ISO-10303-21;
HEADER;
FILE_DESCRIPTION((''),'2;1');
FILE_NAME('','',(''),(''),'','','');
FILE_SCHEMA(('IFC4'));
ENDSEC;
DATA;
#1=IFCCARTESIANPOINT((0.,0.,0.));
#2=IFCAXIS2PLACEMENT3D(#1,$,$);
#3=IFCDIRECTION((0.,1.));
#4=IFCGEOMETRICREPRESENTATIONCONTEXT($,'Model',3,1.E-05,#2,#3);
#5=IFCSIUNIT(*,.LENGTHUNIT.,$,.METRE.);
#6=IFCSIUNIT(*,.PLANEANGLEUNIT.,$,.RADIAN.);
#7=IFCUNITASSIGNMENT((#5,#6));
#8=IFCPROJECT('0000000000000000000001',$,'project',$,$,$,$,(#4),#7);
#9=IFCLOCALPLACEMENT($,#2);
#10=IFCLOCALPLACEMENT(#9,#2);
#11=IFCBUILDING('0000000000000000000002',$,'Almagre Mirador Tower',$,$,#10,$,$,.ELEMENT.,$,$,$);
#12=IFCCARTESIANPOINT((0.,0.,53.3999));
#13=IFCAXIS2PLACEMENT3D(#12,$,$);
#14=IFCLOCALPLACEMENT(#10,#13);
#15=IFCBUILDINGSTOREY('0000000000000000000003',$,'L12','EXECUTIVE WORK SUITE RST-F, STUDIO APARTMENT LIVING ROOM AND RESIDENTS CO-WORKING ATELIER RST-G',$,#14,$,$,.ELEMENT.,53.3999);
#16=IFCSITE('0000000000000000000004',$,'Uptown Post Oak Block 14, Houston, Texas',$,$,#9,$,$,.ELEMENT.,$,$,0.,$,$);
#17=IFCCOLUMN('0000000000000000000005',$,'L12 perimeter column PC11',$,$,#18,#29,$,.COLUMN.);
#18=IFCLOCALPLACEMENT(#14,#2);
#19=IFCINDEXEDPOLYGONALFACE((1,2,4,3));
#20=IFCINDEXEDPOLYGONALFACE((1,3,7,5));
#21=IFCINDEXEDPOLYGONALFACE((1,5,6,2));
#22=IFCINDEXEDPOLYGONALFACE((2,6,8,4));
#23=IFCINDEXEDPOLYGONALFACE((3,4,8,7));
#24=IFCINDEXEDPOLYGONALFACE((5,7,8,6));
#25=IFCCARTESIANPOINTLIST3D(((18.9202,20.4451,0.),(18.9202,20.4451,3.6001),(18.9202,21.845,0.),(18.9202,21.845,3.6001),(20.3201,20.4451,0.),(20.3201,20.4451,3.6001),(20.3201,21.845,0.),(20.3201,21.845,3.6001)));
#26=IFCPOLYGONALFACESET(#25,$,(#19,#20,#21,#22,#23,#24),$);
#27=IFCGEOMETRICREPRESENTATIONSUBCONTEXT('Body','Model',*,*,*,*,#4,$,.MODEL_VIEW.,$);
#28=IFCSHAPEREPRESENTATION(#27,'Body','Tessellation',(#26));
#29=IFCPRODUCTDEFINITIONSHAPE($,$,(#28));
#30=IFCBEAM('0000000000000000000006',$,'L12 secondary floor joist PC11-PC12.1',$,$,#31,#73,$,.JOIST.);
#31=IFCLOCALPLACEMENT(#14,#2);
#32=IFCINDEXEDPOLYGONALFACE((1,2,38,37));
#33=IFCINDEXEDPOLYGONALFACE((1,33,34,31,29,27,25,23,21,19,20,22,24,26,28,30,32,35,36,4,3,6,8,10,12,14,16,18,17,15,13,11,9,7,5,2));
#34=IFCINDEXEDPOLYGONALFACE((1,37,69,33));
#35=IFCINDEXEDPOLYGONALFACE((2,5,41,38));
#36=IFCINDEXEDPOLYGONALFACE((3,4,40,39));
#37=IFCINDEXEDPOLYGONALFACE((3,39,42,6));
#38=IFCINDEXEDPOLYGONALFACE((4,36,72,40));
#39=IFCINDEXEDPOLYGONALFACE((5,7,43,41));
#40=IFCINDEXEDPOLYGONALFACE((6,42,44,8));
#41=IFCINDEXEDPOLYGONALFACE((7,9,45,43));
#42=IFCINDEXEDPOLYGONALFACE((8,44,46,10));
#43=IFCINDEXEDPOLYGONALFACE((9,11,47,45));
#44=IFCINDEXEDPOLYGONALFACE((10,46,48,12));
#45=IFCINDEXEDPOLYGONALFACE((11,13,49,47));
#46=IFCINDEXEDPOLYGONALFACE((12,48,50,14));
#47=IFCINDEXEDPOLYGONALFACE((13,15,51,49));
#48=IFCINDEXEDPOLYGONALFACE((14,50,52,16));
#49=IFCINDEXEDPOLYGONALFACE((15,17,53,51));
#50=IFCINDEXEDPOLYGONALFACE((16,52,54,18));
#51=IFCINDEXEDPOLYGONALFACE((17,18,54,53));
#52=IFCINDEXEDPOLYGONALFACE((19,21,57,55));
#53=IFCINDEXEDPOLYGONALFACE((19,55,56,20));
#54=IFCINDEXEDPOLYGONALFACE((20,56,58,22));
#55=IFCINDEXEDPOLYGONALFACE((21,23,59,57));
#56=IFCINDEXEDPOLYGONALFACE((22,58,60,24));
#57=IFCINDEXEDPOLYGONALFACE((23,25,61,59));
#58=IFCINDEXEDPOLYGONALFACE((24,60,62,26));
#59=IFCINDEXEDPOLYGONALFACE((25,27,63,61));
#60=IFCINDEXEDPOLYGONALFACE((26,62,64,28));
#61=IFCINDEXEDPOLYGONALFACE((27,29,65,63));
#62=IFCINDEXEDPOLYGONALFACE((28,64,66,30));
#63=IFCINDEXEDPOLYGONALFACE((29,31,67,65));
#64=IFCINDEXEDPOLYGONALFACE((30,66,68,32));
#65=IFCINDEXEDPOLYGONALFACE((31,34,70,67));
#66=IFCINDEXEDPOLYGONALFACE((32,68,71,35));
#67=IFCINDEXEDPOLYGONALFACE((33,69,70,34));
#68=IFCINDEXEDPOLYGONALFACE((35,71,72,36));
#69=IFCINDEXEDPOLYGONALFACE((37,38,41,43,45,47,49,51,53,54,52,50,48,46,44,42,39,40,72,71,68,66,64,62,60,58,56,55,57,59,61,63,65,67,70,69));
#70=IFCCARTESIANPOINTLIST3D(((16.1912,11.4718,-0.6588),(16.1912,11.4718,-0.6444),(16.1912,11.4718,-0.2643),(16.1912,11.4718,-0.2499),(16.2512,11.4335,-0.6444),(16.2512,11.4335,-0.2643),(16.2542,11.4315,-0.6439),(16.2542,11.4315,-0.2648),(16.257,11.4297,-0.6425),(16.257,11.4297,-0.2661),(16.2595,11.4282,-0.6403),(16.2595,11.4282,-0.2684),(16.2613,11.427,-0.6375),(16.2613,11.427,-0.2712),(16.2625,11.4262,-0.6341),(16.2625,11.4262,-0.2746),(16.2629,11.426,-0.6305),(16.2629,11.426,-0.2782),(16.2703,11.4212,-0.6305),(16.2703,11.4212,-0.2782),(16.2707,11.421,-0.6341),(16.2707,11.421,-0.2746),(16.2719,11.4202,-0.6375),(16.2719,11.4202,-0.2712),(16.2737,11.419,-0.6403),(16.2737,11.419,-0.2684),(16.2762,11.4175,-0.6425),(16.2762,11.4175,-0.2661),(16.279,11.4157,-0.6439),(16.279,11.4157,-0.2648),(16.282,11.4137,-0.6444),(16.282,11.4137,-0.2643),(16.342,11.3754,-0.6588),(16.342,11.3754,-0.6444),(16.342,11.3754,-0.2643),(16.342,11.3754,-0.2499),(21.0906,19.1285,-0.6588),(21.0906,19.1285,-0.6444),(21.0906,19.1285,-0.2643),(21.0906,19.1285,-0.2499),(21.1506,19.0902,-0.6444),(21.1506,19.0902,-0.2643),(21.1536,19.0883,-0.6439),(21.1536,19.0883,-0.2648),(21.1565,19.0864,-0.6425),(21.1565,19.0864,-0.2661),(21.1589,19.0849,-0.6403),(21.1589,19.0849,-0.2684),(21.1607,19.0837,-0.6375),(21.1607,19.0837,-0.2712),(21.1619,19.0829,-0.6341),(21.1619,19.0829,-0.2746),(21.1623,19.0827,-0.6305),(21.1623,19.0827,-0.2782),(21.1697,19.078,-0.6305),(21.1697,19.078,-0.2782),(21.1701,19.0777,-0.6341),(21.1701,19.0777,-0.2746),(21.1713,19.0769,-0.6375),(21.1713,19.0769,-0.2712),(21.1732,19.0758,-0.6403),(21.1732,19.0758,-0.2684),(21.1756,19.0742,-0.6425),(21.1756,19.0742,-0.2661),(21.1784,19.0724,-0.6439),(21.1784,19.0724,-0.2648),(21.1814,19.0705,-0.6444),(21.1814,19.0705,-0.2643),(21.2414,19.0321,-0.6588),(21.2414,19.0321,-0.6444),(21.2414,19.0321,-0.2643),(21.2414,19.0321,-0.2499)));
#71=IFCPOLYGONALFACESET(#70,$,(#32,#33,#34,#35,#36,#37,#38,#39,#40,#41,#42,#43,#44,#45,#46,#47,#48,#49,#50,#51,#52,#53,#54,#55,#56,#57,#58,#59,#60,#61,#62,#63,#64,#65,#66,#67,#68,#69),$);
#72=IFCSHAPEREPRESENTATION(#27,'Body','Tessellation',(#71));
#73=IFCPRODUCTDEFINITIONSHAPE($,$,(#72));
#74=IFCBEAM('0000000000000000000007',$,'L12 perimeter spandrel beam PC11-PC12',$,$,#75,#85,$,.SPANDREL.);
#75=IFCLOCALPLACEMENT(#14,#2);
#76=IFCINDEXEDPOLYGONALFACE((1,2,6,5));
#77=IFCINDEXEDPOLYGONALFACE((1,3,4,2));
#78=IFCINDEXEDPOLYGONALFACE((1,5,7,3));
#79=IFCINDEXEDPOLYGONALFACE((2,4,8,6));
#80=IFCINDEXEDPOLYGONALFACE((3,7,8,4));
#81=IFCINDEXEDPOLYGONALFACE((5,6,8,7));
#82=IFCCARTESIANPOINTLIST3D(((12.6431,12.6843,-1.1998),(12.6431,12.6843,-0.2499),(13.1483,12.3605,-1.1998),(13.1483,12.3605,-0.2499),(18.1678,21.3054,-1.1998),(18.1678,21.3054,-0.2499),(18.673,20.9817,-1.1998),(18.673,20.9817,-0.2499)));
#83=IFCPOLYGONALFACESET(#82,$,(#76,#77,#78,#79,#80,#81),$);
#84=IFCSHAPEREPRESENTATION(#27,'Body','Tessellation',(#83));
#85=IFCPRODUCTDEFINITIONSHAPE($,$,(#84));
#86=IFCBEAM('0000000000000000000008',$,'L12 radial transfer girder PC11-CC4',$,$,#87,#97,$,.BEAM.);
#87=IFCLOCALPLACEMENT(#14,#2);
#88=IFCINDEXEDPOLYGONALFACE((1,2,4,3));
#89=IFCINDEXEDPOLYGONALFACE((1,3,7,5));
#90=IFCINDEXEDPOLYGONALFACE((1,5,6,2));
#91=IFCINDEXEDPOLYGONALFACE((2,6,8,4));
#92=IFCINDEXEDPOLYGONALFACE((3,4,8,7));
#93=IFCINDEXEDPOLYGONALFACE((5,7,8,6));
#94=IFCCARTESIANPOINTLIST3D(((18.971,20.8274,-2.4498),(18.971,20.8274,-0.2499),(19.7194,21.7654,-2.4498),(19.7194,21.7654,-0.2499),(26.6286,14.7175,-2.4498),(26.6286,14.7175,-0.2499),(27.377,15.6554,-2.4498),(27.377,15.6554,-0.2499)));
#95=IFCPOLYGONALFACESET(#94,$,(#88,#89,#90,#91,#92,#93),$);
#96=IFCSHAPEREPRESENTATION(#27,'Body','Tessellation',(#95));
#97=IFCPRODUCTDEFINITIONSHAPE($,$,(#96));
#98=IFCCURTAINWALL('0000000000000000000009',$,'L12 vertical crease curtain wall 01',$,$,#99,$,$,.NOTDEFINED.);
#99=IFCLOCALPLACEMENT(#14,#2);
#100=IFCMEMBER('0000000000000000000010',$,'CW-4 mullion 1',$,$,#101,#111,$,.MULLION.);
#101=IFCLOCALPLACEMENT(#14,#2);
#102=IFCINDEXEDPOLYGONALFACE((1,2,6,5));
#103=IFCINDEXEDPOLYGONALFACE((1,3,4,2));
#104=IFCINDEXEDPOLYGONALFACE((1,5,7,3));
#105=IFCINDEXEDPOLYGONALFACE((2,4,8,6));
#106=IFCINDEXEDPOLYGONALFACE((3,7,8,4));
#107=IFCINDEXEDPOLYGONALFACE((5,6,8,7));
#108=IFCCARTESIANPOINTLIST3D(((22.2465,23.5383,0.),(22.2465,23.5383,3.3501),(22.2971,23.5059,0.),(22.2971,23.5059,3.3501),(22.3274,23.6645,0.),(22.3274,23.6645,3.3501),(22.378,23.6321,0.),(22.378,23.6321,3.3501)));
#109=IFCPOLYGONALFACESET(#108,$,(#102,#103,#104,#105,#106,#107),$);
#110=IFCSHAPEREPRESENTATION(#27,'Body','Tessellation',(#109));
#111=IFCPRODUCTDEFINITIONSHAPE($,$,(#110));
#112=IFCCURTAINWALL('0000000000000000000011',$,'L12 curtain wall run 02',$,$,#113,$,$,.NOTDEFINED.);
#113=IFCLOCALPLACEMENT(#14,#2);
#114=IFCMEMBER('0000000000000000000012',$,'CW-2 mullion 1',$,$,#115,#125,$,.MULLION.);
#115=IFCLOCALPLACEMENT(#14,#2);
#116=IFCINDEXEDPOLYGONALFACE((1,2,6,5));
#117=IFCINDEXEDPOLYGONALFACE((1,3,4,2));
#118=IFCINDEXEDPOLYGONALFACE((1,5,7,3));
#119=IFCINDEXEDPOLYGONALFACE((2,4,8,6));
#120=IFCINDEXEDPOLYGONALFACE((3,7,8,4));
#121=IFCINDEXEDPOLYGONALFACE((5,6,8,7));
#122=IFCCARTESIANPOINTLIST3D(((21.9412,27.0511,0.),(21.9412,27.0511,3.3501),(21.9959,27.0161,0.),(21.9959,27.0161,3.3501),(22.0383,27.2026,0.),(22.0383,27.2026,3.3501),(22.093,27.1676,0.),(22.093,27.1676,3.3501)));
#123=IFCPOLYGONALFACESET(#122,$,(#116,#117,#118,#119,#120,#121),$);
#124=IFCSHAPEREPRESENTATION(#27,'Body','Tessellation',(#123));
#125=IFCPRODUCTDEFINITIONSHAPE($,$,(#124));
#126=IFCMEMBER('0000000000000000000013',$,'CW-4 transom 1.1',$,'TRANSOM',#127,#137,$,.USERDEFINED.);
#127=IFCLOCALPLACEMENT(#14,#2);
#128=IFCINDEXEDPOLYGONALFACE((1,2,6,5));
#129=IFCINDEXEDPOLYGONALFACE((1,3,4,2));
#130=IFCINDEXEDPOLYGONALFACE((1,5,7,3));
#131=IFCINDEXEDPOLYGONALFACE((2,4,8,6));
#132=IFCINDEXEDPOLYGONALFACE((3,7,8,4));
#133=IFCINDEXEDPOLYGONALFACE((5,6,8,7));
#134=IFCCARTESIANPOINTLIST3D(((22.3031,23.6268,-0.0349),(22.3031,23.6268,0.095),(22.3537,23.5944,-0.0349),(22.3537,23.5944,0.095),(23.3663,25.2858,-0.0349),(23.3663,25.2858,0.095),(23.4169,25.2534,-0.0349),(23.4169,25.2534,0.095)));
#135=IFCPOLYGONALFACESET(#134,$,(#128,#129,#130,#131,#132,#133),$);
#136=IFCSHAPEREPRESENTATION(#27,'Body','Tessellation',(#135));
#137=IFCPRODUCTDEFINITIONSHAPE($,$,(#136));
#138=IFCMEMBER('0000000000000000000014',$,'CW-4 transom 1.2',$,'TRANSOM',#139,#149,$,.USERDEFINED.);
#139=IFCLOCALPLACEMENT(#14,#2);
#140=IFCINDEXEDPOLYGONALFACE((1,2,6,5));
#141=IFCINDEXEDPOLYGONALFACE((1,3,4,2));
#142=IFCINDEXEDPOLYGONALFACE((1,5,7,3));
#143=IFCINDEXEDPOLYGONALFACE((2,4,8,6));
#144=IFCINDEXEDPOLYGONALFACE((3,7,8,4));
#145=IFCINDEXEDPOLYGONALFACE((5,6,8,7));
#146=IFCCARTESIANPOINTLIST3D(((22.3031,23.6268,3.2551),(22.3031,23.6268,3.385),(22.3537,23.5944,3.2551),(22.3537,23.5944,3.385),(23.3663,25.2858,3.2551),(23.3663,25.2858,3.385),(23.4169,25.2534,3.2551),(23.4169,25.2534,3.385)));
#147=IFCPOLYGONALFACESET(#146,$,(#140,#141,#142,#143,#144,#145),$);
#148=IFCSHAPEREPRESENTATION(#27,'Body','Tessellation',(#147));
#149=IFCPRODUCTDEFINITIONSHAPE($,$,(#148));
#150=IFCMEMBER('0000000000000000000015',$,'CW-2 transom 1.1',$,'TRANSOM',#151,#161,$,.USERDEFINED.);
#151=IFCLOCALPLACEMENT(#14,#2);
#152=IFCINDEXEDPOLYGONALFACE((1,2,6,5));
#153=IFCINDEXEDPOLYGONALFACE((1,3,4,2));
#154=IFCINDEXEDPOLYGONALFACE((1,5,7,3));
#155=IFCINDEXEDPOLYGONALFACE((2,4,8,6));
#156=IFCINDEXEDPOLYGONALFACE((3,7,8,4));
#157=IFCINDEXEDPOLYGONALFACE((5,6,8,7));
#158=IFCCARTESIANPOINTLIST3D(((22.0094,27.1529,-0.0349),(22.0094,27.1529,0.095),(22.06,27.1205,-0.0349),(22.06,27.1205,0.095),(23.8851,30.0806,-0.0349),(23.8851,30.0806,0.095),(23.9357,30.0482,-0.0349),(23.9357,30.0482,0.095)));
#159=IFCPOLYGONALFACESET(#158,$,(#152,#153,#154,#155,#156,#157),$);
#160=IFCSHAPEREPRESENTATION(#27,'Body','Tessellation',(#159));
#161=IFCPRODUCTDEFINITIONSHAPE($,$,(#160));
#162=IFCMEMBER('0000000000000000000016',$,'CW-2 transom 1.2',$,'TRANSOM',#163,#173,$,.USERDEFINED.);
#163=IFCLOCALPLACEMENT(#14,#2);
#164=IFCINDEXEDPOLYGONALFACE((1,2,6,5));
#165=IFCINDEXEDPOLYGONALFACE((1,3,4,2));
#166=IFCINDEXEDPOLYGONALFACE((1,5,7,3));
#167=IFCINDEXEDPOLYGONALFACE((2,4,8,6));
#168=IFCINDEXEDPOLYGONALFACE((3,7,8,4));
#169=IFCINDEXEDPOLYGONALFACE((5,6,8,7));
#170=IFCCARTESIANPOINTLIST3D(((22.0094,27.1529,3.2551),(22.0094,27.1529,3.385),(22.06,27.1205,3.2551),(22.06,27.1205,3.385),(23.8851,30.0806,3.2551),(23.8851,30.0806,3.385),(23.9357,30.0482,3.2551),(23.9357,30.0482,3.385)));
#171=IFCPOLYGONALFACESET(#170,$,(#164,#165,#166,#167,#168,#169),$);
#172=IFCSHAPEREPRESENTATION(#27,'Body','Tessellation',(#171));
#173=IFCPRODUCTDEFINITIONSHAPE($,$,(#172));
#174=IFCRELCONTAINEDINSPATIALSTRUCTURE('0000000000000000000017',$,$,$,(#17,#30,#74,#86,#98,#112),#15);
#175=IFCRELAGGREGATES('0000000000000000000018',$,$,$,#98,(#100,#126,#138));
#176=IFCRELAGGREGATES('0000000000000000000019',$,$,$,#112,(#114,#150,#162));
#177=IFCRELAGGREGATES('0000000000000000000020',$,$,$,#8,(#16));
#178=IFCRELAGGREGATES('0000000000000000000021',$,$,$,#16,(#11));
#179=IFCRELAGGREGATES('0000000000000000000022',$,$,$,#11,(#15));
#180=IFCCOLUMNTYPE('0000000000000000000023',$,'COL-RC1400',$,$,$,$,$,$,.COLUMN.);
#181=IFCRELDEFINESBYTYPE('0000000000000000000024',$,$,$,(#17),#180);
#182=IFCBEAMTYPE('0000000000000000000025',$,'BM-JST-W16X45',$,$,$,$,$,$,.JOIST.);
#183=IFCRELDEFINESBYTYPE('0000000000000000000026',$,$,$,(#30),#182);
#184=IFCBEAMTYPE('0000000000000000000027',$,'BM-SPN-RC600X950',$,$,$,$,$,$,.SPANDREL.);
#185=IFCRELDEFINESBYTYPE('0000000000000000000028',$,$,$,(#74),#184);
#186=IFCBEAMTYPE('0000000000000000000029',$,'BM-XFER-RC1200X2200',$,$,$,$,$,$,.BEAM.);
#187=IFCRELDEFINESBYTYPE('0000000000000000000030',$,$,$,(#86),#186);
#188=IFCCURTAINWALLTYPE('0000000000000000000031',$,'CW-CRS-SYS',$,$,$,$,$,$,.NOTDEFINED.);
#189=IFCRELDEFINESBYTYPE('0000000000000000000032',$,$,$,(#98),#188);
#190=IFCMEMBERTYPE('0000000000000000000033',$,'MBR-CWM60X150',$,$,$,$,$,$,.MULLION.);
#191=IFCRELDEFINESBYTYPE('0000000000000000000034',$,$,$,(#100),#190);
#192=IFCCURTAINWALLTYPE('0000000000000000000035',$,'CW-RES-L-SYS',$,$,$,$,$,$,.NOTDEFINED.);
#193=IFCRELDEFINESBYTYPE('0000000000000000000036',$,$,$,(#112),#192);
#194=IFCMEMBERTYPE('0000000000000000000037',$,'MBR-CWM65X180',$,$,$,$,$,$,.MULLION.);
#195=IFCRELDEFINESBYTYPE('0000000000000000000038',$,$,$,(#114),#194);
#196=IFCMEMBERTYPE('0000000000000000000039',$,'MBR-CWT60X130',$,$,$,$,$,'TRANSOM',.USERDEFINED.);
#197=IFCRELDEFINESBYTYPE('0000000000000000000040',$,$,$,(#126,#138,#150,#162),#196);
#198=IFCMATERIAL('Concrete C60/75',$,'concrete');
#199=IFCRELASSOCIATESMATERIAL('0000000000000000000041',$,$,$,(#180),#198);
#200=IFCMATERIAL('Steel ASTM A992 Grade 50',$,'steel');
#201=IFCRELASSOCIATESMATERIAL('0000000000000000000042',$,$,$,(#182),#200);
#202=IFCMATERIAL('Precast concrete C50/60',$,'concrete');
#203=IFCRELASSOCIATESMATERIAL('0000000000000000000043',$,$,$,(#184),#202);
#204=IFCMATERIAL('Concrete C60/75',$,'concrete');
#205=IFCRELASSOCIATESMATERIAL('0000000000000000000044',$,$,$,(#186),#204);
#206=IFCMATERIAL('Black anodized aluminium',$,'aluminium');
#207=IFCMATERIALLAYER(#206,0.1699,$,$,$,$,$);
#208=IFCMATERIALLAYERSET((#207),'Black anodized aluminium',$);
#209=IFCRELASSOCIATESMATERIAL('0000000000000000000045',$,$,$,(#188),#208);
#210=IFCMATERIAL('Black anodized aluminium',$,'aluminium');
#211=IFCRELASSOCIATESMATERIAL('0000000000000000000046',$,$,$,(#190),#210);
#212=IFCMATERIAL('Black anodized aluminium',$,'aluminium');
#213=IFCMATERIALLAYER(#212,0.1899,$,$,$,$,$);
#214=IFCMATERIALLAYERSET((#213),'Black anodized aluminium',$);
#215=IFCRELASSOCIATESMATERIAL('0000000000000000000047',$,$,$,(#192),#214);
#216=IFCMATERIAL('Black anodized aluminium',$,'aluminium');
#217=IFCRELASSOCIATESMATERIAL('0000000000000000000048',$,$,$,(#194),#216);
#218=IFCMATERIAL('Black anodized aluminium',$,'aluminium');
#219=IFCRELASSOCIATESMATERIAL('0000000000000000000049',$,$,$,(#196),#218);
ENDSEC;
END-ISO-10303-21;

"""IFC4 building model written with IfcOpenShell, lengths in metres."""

from ifc_helpers import new_model, si_unit, direction, frame, origin, origin_2d, place, context, subcontext, project, spatial, rectangle, i_section, extrude, material, layer, layer_set, material_profile, profile_set, type_object, element, aggregate, save


model = new_model("IFC4")

# Units and contexts
model_context = context("Model", 3, precision=1e-05, world=origin(), true_north=direction((0.0, 1.0)))
body_context = subcontext(model_context, "Body", "Model", "MODEL_VIEW")
ifc_project = project(units=[si_unit("LENGTHUNIT", "METRE"), si_unit("PLANEANGLEUNIT", "RADIAN")], contexts=[model_context])

# Site, building, storey
site_placement = place(None, origin())
site = spatial("IfcSite", under=ifc_project, at=site_placement, Name="Uptown Post Oak Block 14, Houston, Texas", CompositionType="ELEMENT", RefElevation=0.0)
building_placement = place(site_placement, origin())
building = spatial("IfcBuilding", under=site, at=building_placement, Name="Almagre Mirador Tower", CompositionType="ELEMENT")
storey_placement = place(building_placement, frame((0.0, 0.0, 53.3999)))
storey = spatial("IfcBuildingStorey", under=building, at=storey_placement, Name="L12", Description="EXECUTIVE WORK SUITE RST-F, STUDIO APARTMENT LIVING ROOM AND RESIDENTS CO-WORKING ATELIER RST-G", CompositionType="ELEMENT", Elevation=53.3999)

# Column
ifc_material_1 = material(Name="Concrete C60/75", Category="concrete")
ifc_material_profile_1 = material_profile(ifc_material_1, rectangle(XDim=1.3999, YDim=1.3999, at=origin_2d()), Name="RC1400X1400")
ifc_profile_set_1 = profile_set([ifc_material_profile_1], Name="Concrete C60/75")
column_type = type_object("IfcColumnType", Name="COL-RC1400", PredefinedType="COLUMN", material=ifc_profile_set_1)
column_placement = place(storey_placement, frame((19.6201, 21.145, 0.0), z_axis=(0.0, 0.0, 1.0), x_axis=(1.0, 0.0, 0.0)))
element("IfcColumn", 1, at=column_placement, inside=storey, type_object=column_type, Name="L12 perimeter column PC11", PredefinedType="COLUMN", context=body_context, shape_type="SweptSolid", body=[
    extrude(rectangle(XDim=1.3999, YDim=1.3999, at=origin_2d()), origin(), (0.0, 0.0, 1.0), 3.6001),
])

# Beams
ifc_material_2 = material(Name="Steel ASTM A992 Grade 50", Category="steel")
ifc_material_profile_2 = material_profile(ifc_material_2, i_section(OverallWidth=0.179, OverallDepth=0.4089, WebThickness=0.0088, FlangeThickness=0.0144, FilletRadius=0.0139, at=origin_2d()), Name="W16X45")
ifc_profile_set_2 = profile_set([ifc_material_profile_2], Name="Steel ASTM A992 Grade 50")
beam_type_1 = type_object("IfcBeamType", Name="BM-JST-W16X45", PredefinedType="JOIST", material=ifc_profile_set_2)
beam_1_placement = place(storey_placement, frame((21.166, 19.0803, -0.4543), z_axis=(-0.538984, -0.842316, 0.0), x_axis=(0.842316, -0.538984, 0.0)))
element("IfcBeam", 2, at=beam_1_placement, inside=storey, type_object=beam_type_1, Name="L12 secondary floor joist PC11-PC12.1", PredefinedType="JOIST", context=body_context, shape_type="SweptSolid", body=[
    extrude(i_section(OverallWidth=0.179, OverallDepth=0.4089, WebThickness=0.0088, FlangeThickness=0.0144, FilletRadius=0.0139, at=origin_2d()), origin(), (0.0, 0.0, 1.0), 9.0901),
])
ifc_material_3 = material(Name="Precast concrete C50/60", Category="concrete")
ifc_material_profile_3 = material_profile(ifc_material_3, rectangle(XDim=0.6001, YDim=0.95, at=origin_2d()), Name="RC600X950")
ifc_profile_set_3 = profile_set([ifc_material_profile_3], Name="Precast concrete C50/60")
beam_type_2 = type_object("IfcBeamType", Name="BM-SPN-RC600X950", PredefinedType="SPANDREL", material=ifc_profile_set_3)
beam_2_placement = place(storey_placement, frame((18.4204, 21.1436, -0.7249), z_axis=(-0.53955, -0.841954, 0.0), x_axis=(0.841954, -0.53955, 0.0)))
element("IfcBeam", 3, at=beam_2_placement, inside=storey, type_object=beam_type_2, Name="L12 perimeter spandrel beam PC11-PC12", PredefinedType="SPANDREL", context=body_context, shape_type="SweptSolid", body=[
    extrude(rectangle(XDim=0.6001, YDim=0.95, at=origin_2d()), origin(), (0.0, 0.0, 1.0), 10.2395),
])
ifc_material_4 = material(Name="Concrete C60/75", Category="concrete")
ifc_material_profile_4 = material_profile(ifc_material_4, rectangle(XDim=1.2, YDim=2.2, at=origin_2d()), Name="RC1200X2200")
ifc_profile_set_4 = profile_set([ifc_material_profile_4], Name="Concrete C60/75")
beam_type_3 = type_object("IfcBeamType", Name="BM-XFER-RC1200X2200", PredefinedType="BEAM", material=ifc_profile_set_4)
beam_3_placement = place(storey_placement, frame((19.3452, 21.2964, -1.3499), z_axis=(0.781671, -0.623692, 0.0), x_axis=(0.623692, 0.781671, 0.0)))
element("IfcBeam", 4, at=beam_3_placement, inside=storey, type_object=beam_type_3, Name="L12 radial transfer girder PC11-CC4", PredefinedType="BEAM", context=body_context, shape_type="SweptSolid", body=[
    extrude(rectangle(XDim=1.2, YDim=2.2, at=origin_2d()), origin(), (0.0, 0.0, 1.0), 9.7964),
])

# Curtain walls, members
ifc_material_5 = material(Name="Black anodized aluminium", Category="aluminium")
ifc_layer_1 = layer(ifc_material_5, 0.1699)
ifc_layer_set_1 = layer_set([ifc_layer_1], Name="Black anodized aluminium")
curtain_wall_type_1 = type_object("IfcCurtainWallType", Name="CW-CRS-SYS", PredefinedType="NOTDEFINED", material=ifc_layer_set_1)
curtain_wall_1_placement = place(storey_placement, origin())
curtain_wall_1 = element("IfcCurtainWall", 5, at=curtain_wall_1_placement, inside=storey, type_object=curtain_wall_type_1, Name="L12 vertical crease curtain wall 01", PredefinedType="NOTDEFINED")
ifc_material_6 = material(Name="Black anodized aluminium", Category="aluminium")
ifc_material_profile_5 = material_profile(ifc_material_6, rectangle(XDim=0.0601, YDim=0.1499, at=origin_2d()), Name="CWM60X150")
ifc_profile_set_5 = profile_set([ifc_material_profile_5], Name="Black anodized aluminium")
member_type_1 = type_object("IfcMemberType", Name="MBR-CWM60X150", PredefinedType="MULLION", material=ifc_profile_set_5)
member_1_placement = place(storey_placement, frame((22.3123, 23.5852, 0.0), z_axis=(0.0, 0.0, 1.0), x_axis=(-0.841924, 0.539597, 0.0)))
member_1 = element("IfcMember", 6, at=member_1_placement, type_object=member_type_1, Name="CW-4 mullion 1", PredefinedType="MULLION", context=body_context, shape_type="SweptSolid", body=[
    extrude(rectangle(XDim=0.0601, YDim=0.1499, at=origin_2d()), origin(), (0.0, 0.0, 1.0), 3.3501),
])
ifc_material_7 = material(Name="Black anodized aluminium", Category="aluminium")
ifc_layer_2 = layer(ifc_material_7, 0.1899)
ifc_layer_set_2 = layer_set([ifc_layer_2], Name="Black anodized aluminium")
curtain_wall_type_2 = type_object("IfcCurtainWallType", Name="CW-RES-L-SYS", PredefinedType="NOTDEFINED", material=ifc_layer_set_2)
curtain_wall_2_placement = place(storey_placement, origin())
curtain_wall_2 = element("IfcCurtainWall", 7, at=curtain_wall_2_placement, inside=storey, type_object=curtain_wall_type_2, Name="L12 curtain wall run 02", PredefinedType="NOTDEFINED")
ifc_material_8 = material(Name="Black anodized aluminium", Category="aluminium")
ifc_material_profile_6 = material_profile(ifc_material_8, rectangle(XDim=0.0649, YDim=0.1799, at=origin_2d()), Name="CWM65X180")
ifc_profile_set_6 = profile_set([ifc_material_profile_6], Name="Black anodized aluminium")
member_type_2 = type_object("IfcMemberType", Name="MBR-CWM65X180", PredefinedType="MULLION", material=ifc_profile_set_6)
member_2_placement = place(storey_placement, frame((22.0171, 27.1094, 0.0), z_axis=(0.0, 0.0, 1.0), x_axis=(-0.841976, 0.539515, 0.0)))
member_2 = element("IfcMember", 8, at=member_2_placement, type_object=member_type_2, Name="CW-2 mullion 1", PredefinedType="MULLION", context=body_context, shape_type="SweptSolid", body=[
    extrude(rectangle(XDim=0.0649, YDim=0.1799, at=origin_2d()), origin(), (0.0, 0.0, 1.0), 3.3501),
])

# Members
ifc_material_9 = material(Name="Black anodized aluminium", Category="aluminium")
ifc_material_profile_7 = material_profile(ifc_material_9, rectangle(XDim=0.0601, YDim=0.1299, at=origin_2d()), Name="CWT60X130")
ifc_profile_set_7 = profile_set([ifc_material_profile_7], Name="Black anodized aluminium")
member_type_3 = type_object("IfcMemberType", Name="MBR-CWT60X130", ElementType="TRANSOM", PredefinedType="USERDEFINED", material=ifc_profile_set_7)
member_3_placement = place(storey_placement, frame((22.3284, 23.6106, 0.03), z_axis=(0.539599, 0.841922, 0.0), x_axis=(-0.841922, 0.539599, 0.0)))
member_3 = element("IfcMember", 9, at=member_3_placement, type_object=member_type_3, Name="CW-4 transom 1.1", ObjectType="TRANSOM", PredefinedType="USERDEFINED", context=body_context, shape_type="SweptSolid", body=[
    extrude(rectangle(XDim=0.0601, YDim=0.1299, at=origin_2d()), origin(), (0.0, 0.0, 1.0), 1.9705),
])
member_4_placement = place(storey_placement, frame((22.3284, 23.6106, 3.3201), z_axis=(0.539599, 0.841922, 0.0), x_axis=(-0.841922, 0.539599, 0.0)))
member_4 = element("IfcMember", 10, at=member_4_placement, type_object=member_type_3, Name="CW-4 transom 1.2", ObjectType="TRANSOM", PredefinedType="USERDEFINED", context=body_context, shape_type="SweptSolid", body=[
    extrude(rectangle(XDim=0.0601, YDim=0.1299, at=origin_2d()), origin(), (0.0, 0.0, 1.0), 1.9705),
])
aggregate(curtain_wall_1, [member_1, member_3, member_4])
member_5_placement = place(storey_placement, frame((22.0347, 27.1367, 0.03), z_axis=(0.539458, 0.842012, 0.0), x_axis=(-0.842012, 0.539458, 0.0)))
member_5 = element("IfcMember", 11, at=member_5_placement, type_object=member_type_3, Name="CW-2 transom 1.1", ObjectType="TRANSOM", PredefinedType="USERDEFINED", context=body_context, shape_type="SweptSolid", body=[
    extrude(rectangle(XDim=0.0601, YDim=0.1299, at=origin_2d()), origin(), (0.0, 0.0, 1.0), 3.4771),
])
member_6_placement = place(storey_placement, frame((22.0347, 27.1367, 3.3201), z_axis=(0.539458, 0.842012, 0.0), x_axis=(-0.842012, 0.539458, 0.0)))
member_6 = element("IfcMember", 12, at=member_6_placement, type_object=member_type_3, Name="CW-2 transom 1.2", ObjectType="TRANSOM", PredefinedType="USERDEFINED", context=body_context, shape_type="SweptSolid", body=[
    extrude(rectangle(XDim=0.0601, YDim=0.1299, at=origin_2d()), origin(), (0.0, 0.0, 1.0), 3.4771),
])
aggregate(curtain_wall_2, [member_2, member_5, member_6])

save(model, "model.ifc")
